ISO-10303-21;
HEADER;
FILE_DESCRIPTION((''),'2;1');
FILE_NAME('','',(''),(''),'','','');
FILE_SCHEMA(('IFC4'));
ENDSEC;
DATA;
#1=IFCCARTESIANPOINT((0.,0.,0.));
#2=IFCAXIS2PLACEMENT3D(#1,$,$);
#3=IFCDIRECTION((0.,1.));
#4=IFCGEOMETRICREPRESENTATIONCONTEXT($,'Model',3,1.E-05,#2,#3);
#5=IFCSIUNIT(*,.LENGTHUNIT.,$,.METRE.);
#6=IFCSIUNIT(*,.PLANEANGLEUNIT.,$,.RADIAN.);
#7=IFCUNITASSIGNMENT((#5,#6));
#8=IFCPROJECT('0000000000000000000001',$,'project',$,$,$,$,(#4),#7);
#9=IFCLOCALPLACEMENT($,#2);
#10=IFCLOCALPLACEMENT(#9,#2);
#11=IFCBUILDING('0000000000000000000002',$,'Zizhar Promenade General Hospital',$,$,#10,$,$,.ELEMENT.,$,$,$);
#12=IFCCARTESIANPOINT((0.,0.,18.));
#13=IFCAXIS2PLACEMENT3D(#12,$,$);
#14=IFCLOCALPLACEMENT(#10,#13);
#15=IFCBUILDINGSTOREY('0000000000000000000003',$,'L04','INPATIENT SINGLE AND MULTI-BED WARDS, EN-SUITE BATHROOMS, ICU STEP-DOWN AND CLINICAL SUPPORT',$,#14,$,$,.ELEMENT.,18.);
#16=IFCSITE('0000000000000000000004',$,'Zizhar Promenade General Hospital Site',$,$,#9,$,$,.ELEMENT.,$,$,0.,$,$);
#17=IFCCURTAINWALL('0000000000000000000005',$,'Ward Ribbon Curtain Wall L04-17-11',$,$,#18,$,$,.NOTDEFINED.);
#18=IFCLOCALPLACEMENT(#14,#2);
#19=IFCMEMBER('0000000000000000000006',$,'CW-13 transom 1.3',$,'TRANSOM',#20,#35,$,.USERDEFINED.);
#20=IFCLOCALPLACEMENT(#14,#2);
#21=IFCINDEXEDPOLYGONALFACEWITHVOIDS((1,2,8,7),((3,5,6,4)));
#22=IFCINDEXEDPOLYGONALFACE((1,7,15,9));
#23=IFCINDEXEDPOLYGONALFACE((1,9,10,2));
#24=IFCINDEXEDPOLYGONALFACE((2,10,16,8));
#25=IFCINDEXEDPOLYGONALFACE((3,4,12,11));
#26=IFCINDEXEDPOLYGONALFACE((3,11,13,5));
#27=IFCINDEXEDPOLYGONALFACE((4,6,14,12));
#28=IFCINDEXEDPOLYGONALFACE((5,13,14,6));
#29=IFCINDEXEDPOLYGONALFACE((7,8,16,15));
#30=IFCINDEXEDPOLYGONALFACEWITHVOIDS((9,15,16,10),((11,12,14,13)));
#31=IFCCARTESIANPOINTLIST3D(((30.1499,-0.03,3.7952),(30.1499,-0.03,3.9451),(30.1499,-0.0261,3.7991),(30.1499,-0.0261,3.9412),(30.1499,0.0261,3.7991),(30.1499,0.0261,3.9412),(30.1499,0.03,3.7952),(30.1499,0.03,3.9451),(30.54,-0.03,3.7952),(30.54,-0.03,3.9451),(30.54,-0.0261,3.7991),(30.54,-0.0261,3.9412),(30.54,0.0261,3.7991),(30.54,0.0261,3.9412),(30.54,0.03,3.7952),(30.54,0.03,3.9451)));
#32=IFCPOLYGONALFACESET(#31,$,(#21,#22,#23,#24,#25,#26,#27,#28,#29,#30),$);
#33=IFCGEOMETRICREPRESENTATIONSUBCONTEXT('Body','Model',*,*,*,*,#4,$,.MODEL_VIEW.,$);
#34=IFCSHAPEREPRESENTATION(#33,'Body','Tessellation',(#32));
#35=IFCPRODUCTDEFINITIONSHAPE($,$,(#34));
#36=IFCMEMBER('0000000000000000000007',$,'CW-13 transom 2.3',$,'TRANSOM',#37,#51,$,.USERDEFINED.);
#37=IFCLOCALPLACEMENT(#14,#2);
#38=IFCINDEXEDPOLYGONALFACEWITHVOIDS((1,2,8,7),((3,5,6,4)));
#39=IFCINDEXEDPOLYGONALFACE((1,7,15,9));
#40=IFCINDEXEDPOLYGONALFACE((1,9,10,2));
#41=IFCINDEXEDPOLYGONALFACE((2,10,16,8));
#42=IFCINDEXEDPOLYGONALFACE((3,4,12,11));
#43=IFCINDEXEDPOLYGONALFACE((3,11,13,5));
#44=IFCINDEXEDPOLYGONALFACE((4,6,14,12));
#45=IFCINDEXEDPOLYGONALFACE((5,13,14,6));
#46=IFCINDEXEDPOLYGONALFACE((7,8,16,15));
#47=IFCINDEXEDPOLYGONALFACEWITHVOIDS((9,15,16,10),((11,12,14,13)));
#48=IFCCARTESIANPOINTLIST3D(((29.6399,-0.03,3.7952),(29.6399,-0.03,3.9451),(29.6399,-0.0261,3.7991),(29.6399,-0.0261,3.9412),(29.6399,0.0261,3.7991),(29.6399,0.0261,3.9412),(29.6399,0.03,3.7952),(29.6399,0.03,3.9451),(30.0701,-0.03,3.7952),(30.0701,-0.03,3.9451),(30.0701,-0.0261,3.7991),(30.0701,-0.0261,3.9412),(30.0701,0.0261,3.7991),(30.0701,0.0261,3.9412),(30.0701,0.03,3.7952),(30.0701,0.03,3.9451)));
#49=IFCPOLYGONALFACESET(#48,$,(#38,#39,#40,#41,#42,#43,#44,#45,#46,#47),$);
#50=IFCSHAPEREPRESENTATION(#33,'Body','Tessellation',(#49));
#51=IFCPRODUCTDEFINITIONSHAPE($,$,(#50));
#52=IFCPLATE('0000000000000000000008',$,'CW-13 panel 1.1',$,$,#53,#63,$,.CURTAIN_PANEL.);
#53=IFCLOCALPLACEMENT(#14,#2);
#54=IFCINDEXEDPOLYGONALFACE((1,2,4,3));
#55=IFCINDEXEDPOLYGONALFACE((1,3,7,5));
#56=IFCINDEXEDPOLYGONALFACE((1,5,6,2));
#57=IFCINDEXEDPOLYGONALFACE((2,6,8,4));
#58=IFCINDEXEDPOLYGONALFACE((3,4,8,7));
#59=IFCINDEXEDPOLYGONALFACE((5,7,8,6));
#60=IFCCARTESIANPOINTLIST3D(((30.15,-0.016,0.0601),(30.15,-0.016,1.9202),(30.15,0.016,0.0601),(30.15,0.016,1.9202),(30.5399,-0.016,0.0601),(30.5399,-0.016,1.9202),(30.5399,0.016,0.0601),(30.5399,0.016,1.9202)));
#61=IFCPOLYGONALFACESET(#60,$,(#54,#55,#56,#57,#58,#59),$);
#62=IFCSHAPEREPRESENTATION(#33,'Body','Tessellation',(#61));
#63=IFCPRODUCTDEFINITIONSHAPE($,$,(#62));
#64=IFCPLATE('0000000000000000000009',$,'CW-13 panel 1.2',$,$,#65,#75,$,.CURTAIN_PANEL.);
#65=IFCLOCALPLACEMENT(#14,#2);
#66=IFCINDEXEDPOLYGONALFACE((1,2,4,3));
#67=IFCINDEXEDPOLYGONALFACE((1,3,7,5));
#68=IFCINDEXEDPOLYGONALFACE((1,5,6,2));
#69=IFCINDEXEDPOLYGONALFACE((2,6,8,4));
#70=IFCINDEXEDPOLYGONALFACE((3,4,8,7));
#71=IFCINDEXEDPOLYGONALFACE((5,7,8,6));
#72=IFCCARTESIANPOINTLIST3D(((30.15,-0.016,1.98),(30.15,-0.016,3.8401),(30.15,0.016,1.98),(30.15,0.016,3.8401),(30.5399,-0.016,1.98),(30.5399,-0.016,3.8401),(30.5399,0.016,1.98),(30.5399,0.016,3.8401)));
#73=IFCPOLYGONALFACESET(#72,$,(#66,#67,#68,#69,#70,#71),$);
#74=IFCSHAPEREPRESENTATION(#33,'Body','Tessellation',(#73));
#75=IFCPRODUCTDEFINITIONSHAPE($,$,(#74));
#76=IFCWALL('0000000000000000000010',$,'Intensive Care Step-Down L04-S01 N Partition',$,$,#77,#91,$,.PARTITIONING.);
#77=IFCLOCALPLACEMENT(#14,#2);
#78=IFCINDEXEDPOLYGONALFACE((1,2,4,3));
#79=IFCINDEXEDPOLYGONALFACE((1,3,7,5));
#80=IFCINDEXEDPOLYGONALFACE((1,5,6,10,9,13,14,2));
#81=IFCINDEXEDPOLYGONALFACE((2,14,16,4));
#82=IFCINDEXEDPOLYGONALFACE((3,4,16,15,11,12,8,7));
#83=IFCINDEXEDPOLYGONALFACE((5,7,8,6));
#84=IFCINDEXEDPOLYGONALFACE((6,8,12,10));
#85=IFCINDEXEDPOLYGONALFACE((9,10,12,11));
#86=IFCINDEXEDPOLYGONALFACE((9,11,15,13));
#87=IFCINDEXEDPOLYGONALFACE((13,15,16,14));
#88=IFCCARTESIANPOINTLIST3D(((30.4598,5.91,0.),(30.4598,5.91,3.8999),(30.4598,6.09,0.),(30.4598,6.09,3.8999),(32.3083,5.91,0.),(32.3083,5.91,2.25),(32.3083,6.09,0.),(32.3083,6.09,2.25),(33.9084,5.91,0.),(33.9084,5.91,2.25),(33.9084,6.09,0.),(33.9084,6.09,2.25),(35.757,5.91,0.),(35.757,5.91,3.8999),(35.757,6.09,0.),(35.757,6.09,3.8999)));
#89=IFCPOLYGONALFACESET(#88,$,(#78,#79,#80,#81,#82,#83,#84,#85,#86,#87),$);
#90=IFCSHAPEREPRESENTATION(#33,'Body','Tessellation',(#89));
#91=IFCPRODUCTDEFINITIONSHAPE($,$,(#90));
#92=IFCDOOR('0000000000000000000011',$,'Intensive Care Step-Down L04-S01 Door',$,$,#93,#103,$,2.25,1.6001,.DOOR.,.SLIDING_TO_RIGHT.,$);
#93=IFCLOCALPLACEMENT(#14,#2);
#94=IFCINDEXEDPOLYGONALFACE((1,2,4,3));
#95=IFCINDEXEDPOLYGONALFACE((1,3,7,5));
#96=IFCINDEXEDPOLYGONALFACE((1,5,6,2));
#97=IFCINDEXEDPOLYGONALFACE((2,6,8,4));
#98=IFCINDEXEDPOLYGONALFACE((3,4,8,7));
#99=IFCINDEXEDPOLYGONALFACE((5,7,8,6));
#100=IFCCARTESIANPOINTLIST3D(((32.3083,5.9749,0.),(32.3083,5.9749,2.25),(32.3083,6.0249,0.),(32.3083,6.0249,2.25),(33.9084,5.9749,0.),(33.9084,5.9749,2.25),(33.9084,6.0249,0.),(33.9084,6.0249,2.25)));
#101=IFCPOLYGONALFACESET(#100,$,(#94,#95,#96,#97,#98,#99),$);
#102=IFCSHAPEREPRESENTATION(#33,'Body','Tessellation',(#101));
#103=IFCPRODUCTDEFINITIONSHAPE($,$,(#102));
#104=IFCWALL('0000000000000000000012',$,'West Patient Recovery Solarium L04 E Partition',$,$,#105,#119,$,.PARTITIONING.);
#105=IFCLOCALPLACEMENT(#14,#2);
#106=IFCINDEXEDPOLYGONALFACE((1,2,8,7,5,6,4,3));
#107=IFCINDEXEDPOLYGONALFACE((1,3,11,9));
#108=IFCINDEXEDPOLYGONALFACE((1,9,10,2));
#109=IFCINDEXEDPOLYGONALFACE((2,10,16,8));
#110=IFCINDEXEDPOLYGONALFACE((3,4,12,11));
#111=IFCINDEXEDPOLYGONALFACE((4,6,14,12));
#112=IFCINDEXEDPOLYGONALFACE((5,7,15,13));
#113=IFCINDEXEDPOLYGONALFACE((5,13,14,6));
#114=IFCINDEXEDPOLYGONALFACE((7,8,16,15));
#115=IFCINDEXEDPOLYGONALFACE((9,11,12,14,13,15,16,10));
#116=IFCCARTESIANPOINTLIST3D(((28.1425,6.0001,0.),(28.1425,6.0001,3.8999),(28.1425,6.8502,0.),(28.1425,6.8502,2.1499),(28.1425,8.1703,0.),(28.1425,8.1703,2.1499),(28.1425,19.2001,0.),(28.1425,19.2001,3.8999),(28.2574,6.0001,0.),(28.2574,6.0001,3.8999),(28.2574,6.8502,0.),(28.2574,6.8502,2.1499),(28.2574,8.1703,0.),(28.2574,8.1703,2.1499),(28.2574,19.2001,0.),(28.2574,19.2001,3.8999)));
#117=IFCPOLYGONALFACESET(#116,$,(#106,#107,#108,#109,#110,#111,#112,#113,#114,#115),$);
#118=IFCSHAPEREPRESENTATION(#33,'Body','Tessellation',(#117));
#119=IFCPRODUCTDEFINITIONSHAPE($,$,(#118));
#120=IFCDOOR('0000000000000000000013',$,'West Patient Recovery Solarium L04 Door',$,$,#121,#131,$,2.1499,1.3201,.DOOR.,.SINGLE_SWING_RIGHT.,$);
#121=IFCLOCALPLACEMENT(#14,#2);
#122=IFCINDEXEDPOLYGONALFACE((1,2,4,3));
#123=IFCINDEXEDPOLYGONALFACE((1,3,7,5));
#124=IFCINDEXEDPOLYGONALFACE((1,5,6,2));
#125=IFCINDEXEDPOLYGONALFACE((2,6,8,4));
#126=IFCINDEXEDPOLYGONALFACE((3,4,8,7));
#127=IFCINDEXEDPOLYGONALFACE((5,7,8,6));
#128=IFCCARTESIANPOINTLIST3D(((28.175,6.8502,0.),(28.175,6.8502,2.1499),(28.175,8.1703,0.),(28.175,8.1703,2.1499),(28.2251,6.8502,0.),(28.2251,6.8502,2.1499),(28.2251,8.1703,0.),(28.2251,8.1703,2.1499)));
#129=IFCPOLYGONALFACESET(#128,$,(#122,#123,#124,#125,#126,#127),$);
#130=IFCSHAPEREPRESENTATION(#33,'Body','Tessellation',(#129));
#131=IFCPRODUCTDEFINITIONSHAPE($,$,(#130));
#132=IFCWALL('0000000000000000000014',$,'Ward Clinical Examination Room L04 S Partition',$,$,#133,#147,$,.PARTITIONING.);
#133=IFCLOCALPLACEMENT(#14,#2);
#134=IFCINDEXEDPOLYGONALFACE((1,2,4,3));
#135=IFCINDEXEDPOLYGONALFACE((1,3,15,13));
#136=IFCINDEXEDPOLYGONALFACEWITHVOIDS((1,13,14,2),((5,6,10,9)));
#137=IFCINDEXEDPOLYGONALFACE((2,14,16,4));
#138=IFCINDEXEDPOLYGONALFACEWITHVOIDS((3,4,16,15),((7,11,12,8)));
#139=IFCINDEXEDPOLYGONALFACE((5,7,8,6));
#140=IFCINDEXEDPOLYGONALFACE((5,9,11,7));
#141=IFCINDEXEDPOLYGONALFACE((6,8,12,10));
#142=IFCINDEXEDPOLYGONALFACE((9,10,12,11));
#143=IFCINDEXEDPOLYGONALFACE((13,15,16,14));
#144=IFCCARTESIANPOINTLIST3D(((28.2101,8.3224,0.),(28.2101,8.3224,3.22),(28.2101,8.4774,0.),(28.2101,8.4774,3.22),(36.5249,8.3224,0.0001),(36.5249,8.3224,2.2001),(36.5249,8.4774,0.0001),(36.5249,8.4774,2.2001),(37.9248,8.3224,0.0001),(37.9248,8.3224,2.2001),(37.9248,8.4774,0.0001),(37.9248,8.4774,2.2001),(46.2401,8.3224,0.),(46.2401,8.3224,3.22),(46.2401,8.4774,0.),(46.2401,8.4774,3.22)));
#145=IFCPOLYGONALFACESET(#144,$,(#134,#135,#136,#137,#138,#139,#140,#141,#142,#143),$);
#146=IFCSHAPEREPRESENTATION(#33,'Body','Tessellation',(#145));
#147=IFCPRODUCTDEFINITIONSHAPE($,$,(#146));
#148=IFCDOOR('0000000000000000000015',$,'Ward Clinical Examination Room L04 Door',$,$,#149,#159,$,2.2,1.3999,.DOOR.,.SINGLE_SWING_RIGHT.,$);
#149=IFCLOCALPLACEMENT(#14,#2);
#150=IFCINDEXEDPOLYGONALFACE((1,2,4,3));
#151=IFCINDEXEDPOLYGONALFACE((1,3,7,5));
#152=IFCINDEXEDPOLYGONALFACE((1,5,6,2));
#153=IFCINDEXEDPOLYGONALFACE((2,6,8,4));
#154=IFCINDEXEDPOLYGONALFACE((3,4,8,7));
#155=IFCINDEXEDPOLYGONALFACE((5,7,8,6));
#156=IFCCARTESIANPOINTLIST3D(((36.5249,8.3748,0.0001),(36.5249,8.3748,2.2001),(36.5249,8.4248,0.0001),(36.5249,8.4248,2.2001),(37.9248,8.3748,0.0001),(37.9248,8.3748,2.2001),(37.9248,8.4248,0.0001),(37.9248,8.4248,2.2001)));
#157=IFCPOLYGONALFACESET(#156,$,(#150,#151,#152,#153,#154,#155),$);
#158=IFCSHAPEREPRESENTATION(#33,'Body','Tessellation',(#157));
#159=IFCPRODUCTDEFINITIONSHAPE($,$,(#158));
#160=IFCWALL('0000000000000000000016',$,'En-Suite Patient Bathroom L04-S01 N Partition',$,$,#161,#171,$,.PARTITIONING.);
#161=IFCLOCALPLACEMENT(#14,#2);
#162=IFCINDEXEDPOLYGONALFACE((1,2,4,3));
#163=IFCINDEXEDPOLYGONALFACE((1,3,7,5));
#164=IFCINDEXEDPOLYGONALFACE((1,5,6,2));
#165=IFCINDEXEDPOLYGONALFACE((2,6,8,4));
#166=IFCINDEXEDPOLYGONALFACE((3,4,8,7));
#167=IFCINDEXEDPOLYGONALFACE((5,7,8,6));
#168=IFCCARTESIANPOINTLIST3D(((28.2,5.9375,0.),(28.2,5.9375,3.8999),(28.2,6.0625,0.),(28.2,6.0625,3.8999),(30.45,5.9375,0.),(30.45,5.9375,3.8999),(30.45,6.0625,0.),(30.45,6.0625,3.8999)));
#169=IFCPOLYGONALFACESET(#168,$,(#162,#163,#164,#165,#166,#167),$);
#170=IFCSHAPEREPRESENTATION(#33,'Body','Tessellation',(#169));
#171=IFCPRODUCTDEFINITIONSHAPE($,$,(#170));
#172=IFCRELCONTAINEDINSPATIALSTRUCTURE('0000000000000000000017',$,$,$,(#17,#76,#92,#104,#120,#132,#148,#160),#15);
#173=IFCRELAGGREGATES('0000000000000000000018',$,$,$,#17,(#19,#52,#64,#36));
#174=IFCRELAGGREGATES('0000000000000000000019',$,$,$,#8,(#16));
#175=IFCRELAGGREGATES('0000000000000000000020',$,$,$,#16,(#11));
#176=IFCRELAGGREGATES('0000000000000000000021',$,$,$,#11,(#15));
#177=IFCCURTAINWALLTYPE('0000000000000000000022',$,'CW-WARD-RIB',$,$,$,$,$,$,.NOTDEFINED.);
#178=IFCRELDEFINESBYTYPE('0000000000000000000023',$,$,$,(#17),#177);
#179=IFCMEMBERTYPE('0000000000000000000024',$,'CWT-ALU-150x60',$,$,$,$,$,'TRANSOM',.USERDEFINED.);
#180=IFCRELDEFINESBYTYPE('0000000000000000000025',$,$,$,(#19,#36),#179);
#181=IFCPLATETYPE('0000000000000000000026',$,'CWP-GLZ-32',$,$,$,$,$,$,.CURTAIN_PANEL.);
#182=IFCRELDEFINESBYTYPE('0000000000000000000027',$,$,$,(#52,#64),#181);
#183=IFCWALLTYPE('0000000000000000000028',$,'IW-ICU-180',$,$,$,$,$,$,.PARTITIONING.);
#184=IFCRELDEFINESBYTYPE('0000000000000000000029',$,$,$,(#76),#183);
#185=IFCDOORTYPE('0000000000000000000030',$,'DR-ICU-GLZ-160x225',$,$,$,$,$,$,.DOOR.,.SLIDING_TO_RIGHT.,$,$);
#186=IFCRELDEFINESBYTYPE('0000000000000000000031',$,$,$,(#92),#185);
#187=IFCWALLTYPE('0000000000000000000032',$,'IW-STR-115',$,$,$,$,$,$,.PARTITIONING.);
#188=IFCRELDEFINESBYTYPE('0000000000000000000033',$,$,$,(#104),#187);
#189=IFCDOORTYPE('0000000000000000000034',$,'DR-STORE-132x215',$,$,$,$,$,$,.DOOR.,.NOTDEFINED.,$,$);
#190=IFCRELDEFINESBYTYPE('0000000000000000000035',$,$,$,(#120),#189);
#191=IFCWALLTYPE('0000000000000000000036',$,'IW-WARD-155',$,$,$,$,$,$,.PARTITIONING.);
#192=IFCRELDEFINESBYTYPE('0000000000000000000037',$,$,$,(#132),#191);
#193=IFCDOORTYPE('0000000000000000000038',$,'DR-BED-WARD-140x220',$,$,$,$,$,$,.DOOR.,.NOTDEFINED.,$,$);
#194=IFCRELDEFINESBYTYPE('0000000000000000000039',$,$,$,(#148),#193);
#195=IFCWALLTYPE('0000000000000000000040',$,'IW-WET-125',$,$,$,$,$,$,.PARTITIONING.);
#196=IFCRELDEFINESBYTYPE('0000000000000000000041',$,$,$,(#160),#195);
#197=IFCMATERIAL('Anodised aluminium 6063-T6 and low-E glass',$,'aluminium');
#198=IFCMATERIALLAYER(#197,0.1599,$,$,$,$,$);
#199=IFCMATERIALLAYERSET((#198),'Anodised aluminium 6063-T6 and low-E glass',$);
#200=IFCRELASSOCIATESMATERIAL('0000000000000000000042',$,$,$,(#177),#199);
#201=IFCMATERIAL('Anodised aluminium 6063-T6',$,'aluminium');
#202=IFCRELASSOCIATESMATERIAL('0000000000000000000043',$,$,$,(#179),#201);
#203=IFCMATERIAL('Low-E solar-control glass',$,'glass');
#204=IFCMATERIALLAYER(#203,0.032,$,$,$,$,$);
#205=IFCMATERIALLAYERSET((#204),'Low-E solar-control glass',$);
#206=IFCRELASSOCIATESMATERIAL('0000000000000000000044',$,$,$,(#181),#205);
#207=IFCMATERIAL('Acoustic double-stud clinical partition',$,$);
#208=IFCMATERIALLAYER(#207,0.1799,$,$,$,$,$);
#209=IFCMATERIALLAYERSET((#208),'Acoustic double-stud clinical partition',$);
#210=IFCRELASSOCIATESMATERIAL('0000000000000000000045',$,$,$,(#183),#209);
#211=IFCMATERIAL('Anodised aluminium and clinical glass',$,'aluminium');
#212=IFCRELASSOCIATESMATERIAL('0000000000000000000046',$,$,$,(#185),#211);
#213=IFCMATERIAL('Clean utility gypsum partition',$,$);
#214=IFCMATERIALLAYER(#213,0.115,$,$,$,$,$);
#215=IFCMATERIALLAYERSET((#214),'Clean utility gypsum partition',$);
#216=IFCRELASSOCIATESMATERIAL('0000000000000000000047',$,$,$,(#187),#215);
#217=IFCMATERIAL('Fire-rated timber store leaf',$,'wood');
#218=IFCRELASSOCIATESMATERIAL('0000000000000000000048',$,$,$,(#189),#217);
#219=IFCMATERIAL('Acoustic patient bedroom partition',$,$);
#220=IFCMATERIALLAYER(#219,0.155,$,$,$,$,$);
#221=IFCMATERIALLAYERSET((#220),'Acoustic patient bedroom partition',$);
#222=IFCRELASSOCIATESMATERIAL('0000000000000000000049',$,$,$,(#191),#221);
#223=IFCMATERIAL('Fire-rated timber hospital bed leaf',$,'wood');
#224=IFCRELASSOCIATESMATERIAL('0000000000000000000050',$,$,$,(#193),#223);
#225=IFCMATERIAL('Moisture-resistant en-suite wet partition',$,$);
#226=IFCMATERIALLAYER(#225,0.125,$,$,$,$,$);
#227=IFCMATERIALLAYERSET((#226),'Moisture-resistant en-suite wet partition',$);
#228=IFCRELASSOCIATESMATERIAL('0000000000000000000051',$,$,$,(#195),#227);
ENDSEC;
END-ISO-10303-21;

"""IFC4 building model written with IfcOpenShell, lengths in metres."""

from ifc_helpers import new_model, si_unit, direction, frame, frame_2d, origin, origin_2d, place, context, subcontext, project, spatial, rectangle, hollow_rectangle, extrude, material, layer, layer_set, material_profile, profile_set, type_object, element, fill, aggregate, save


model = new_model("IFC4")

# Units and contexts
model_context = context("Model", 3, precision=1e-05, world=origin(), true_north=direction((0.0, 1.0)))
body_context = subcontext(model_context, "Body", "Model", "MODEL_VIEW")
ifc_project = project(units=[si_unit("LENGTHUNIT", "METRE"), si_unit("PLANEANGLEUNIT", "RADIAN")], contexts=[model_context])

# Site, building, storey
site_placement = place(None, origin())
site = spatial("IfcSite", under=ifc_project, at=site_placement, Name="Zizhar Promenade General Hospital Site", CompositionType="ELEMENT", RefElevation=0.0)
building_placement = place(site_placement, origin())
building = spatial("IfcBuilding", under=site, at=building_placement, Name="Zizhar Promenade General Hospital", CompositionType="ELEMENT")
storey_placement = place(building_placement, frame((0.0, 0.0, 18.0)))
storey = spatial("IfcBuildingStorey", under=building, at=storey_placement, Name="L04", Description="INPATIENT SINGLE AND MULTI-BED WARDS, EN-SUITE BATHROOMS, ICU STEP-DOWN AND CLINICAL SUPPORT", CompositionType="ELEMENT", Elevation=18.0)

# Curtain wall
ifc_material_1 = material(Name="Anodised aluminium 6063-T6 and low-E glass", Category="aluminium")
ifc_layer_1 = layer(ifc_material_1, 0.1599)
ifc_layer_set_1 = layer_set([ifc_layer_1], Name="Anodised aluminium 6063-T6 and low-E glass")
curtain_wall_type_1 = type_object("IfcCurtainWallType", Name="CW-WARD-RIB", PredefinedType="NOTDEFINED", material=ifc_layer_set_1)
curtain_wall_1_placement = place(storey_placement, origin())
curtain_wall_1 = element("IfcCurtainWall", 1, at=curtain_wall_1_placement, inside=storey, type_object=curtain_wall_type_1, Name="Ward Ribbon Curtain Wall L04-17-11", PredefinedType="NOTDEFINED")

# Members
ifc_material_2 = material(Name="Anodised aluminium 6063-T6", Category="aluminium")
ifc_material_profile_1 = material_profile(ifc_material_2, hollow_rectangle(XDim=0.0601, YDim=0.1499, WallThickness=0.0039, at=origin_2d()))
ifc_profile_set_1 = profile_set([ifc_material_profile_1], Name="Anodised aluminium 6063-T6")
member_type_1 = type_object("IfcMemberType", Name="CWT-ALU-150x60", ElementType="TRANSOM", PredefinedType="USERDEFINED", material=ifc_profile_set_1)
member_1_placement = place(storey_placement, frame((30.54, 0.0, 3.8701), z_axis=(-1.0, 0.0, 0.0), x_axis=(0.0, -1.0, 0.0)))
member_1 = element("IfcMember", 2, at=member_1_placement, type_object=member_type_1, Name="CW-13 transom 1.3", ObjectType="TRANSOM", PredefinedType="USERDEFINED", context=body_context, shape_type="SweptSolid", body=[
    extrude(hollow_rectangle(XDim=0.0601, YDim=0.1499, WallThickness=0.0039, at=origin_2d()), origin(), (0.0, 0.0, 1.0), 0.3901),
])
member_2_placement = place(storey_placement, frame((30.0701, 0.0, 3.8701), z_axis=(-1.0, 0.0, 0.0), x_axis=(0.0, -1.0, 0.0)))
member_2 = element("IfcMember", 3, at=member_2_placement, type_object=member_type_1, Name="CW-13 transom 2.3", ObjectType="TRANSOM", PredefinedType="USERDEFINED", context=body_context, shape_type="SweptSolid", body=[
    extrude(hollow_rectangle(XDim=0.0601, YDim=0.1499, WallThickness=0.0039, at=origin_2d()), origin(), (0.0, 0.0, 1.0), 0.4302),
])

# Plates
ifc_material_3 = material(Name="Low-E solar-control glass", Category="glass")
ifc_layer_2 = layer(ifc_material_3, 0.032)
ifc_layer_set_2 = layer_set([ifc_layer_2], Name="Low-E solar-control glass")
plate_type = type_object("IfcPlateType", Name="CWP-GLZ-32", PredefinedType="CURTAIN_PANEL", material=ifc_layer_set_2)
plate_1_placement = place(storey_placement, frame((30.345, 0.0, 0.0601), z_axis=(0.0, 0.0, 1.0), x_axis=(-1.0, 0.0, 0.0)))
plate_1 = element("IfcPlate", 4, at=plate_1_placement, type_object=plate_type, Name="CW-13 panel 1.1", PredefinedType="CURTAIN_PANEL", context=body_context, shape_type="SweptSolid", body=[
    extrude(rectangle(XDim=0.3899, YDim=0.032, at=origin_2d()), origin(), (0.0, 0.0, 1.0), 1.8601),
])
plate_2_placement = place(storey_placement, frame((30.345, 0.0, 1.98), z_axis=(0.0, 0.0, 1.0), x_axis=(-1.0, 0.0, 0.0)))
plate_2 = element("IfcPlate", 5, at=plate_2_placement, type_object=plate_type, Name="CW-13 panel 1.2", PredefinedType="CURTAIN_PANEL", context=body_context, shape_type="SweptSolid", body=[
    extrude(rectangle(XDim=0.3899, YDim=0.032, at=origin_2d()), origin(), (0.0, 0.0, 1.0), 1.8601),
])
aggregate(curtain_wall_1, [member_1, plate_1, plate_2, member_2])

# Walls, openings, doors
ifc_material_4 = material(Name="Acoustic double-stud clinical partition")
ifc_layer_3 = layer(ifc_material_4, 0.1799)
ifc_layer_set_3 = layer_set([ifc_layer_3], Name="Acoustic double-stud clinical partition")
wall_type_1 = type_object("IfcWallType", Name="IW-ICU-180", PredefinedType="PARTITIONING", material=ifc_layer_set_3)
wall_1_placement = place(storey_placement, frame((30.46, 6.0, 0.0), z_axis=(0.0, 0.0, 1.0), x_axis=(1.0, 0.0, 0.0)))
wall_1 = element("IfcWall", 6, at=wall_1_placement, inside=storey, type_object=wall_type_1, Name="Intensive Care Step-Down L04-S01 N Partition", PredefinedType="PARTITIONING", context=body_context, shape_type="SweptSolid", body=[
    extrude(rectangle(XDim=5.2971, YDim=0.1799, at=frame_2d((2.6484, 0.0))), origin(), (0.0, 0.0, 1.0), 3.8999),
])
opening_1_placement = place(wall_1_placement, frame((1.8484, 0.0, 0.0)))
opening_1 = element("IfcOpeningElement", 7, at=opening_1_placement, cuts=wall_1, PredefinedType="OPENING", context=body_context, shape_type="SweptSolid", body=[
    extrude(rectangle(XDim=1.6001, YDim=2.25, at=frame_2d((0.8, 1.125))), frame((0.0, 0.1001, 0.0), z_axis=(0.0, -1.0, 0.0), x_axis=(1.0, 0.0, 0.0)), (0.0, 0.0, 1.0), 0.2),
])
ifc_material_5 = material(Name="Anodised aluminium and clinical glass", Category="aluminium")
door_type_1 = type_object("IfcDoorType", Name="DR-ICU-GLZ-160x225", OperationType="SLIDING_TO_RIGHT", PredefinedType="DOOR", material=ifc_material_5)
door_1_placement = place(opening_1_placement, origin())
door_1 = element("IfcDoor", 8, at=door_1_placement, inside=storey, type_object=door_type_1, Name="Intensive Care Step-Down L04-S01 Door", OperationType="SLIDING_TO_RIGHT", OverallHeight=2.25, OverallWidth=1.6001, PredefinedType="DOOR", context=body_context, shape_type="SweptSolid", body=[
    extrude(rectangle(XDim=1.6001, YDim=2.25, at=frame_2d((0.8, 1.125))), frame((0.0, 0.0249, 0.0), z_axis=(0.0, -1.0, 0.0), x_axis=(1.0, 0.0, 0.0)), (0.0, 0.0, 1.0), 0.05),
])
fill(opening_1, door_1)
ifc_material_6 = material(Name="Clean utility gypsum partition")
ifc_layer_4 = layer(ifc_material_6, 0.115)
ifc_layer_set_4 = layer_set([ifc_layer_4], Name="Clean utility gypsum partition")
wall_type_2 = type_object("IfcWallType", Name="IW-STR-115", PredefinedType="PARTITIONING", material=ifc_layer_set_4)
wall_2_placement = place(storey_placement, frame((28.2, 6.0, 0.0), z_axis=(0.0, 0.0, 1.0), x_axis=(0.0, 1.0, 0.0)))
wall_2 = element("IfcWall", 9, at=wall_2_placement, inside=storey, type_object=wall_type_2, Name="West Patient Recovery Solarium L04 E Partition", PredefinedType="PARTITIONING", context=body_context, shape_type="SweptSolid", body=[
    extrude(rectangle(XDim=13.2, YDim=0.115, at=frame_2d((6.6001, 0.0))), origin(), (0.0, 0.0, 1.0), 3.8999),
])
opening_2_placement = place(wall_2_placement, frame((0.8501, 0.0, 0.0)))
opening_2 = element("IfcOpeningElement", 10, at=opening_2_placement, cuts=wall_2, PredefinedType="OPENING", context=body_context, shape_type="SweptSolid", body=[
    extrude(rectangle(XDim=1.3201, YDim=2.1499, at=frame_2d((0.6602, 1.075))), frame((0.0, 0.0674, 0.0), z_axis=(0.0, -1.0, 0.0), x_axis=(1.0, 0.0, 0.0)), (0.0, 0.0, 1.0), 0.135),
])
ifc_material_7 = material(Name="Fire-rated timber store leaf", Category="wood")
door_type_2 = type_object("IfcDoorType", Name="DR-STORE-132x215", OperationType="NOTDEFINED", PredefinedType="DOOR", material=ifc_material_7)
door_2_placement = place(opening_2_placement, origin())
door_2 = element("IfcDoor", 11, at=door_2_placement, inside=storey, type_object=door_type_2, Name="West Patient Recovery Solarium L04 Door", OperationType="SINGLE_SWING_RIGHT", OverallHeight=2.1499, OverallWidth=1.3201, PredefinedType="DOOR", context=body_context, shape_type="SweptSolid", body=[
    extrude(rectangle(XDim=1.3201, YDim=2.1499, at=frame_2d((0.6602, 1.075))), frame((0.0, 0.0249, 0.0), z_axis=(0.0, -1.0, 0.0), x_axis=(1.0, 0.0, 0.0)), (0.0, 0.0, 1.0), 0.05),
])
fill(opening_2, door_2)
ifc_material_8 = material(Name="Acoustic patient bedroom partition")
ifc_layer_5 = layer(ifc_material_8, 0.155)
ifc_layer_set_5 = layer_set([ifc_layer_5], Name="Acoustic patient bedroom partition")
wall_type_3 = type_object("IfcWallType", Name="IW-WARD-155", PredefinedType="PARTITIONING", material=ifc_layer_set_5)
wall_3_placement = place(storey_placement, frame((28.21, 8.3999, 0.0), z_axis=(0.0, 0.0, 1.0), x_axis=(1.0, 0.0, 0.0)))
wall_3 = element("IfcWall", 12, at=wall_3_placement, inside=storey, type_object=wall_type_3, Name="Ward Clinical Examination Room L04 S Partition", PredefinedType="PARTITIONING", context=body_context, shape_type="SweptSolid", body=[
    extrude(rectangle(XDim=18.03, YDim=0.155, at=frame_2d((9.0151, 0.0))), origin(), (0.0, 0.0, 1.0), 3.22),
])
opening_3_placement = place(wall_3_placement, frame((8.3149, 0.0, 0.0)))
opening_3 = element("IfcOpeningElement", 13, at=opening_3_placement, cuts=wall_3, PredefinedType="OPENING", context=body_context, shape_type="SweptSolid", body=[
    extrude(rectangle(XDim=1.3999, YDim=2.2, at=frame_2d((0.7, 1.1001))), frame((0.0, 0.0874, 0.0), z_axis=(0.0, -1.0, 0.0), x_axis=(1.0, 0.0, 0.0)), (0.0, 0.0, 1.0), 0.175),
])
ifc_material_9 = material(Name="Fire-rated timber hospital bed leaf", Category="wood")
door_type_3 = type_object("IfcDoorType", Name="DR-BED-WARD-140x220", OperationType="NOTDEFINED", PredefinedType="DOOR", material=ifc_material_9)
door_3_placement = place(opening_3_placement, origin())
door_3 = element("IfcDoor", 14, at=door_3_placement, inside=storey, type_object=door_type_3, Name="Ward Clinical Examination Room L04 Door", OperationType="SINGLE_SWING_RIGHT", OverallHeight=2.2, OverallWidth=1.3999, PredefinedType="DOOR", context=body_context, shape_type="SweptSolid", body=[
    extrude(rectangle(XDim=1.3999, YDim=2.2, at=frame_2d((0.7, 1.1001))), frame((0.0, 0.0249, 0.0), z_axis=(0.0, -1.0, 0.0), x_axis=(1.0, 0.0, 0.0)), (0.0, 0.0, 1.0), 0.05),
])
fill(opening_3, door_3)

# Wall
ifc_material_10 = material(Name="Moisture-resistant en-suite wet partition")
ifc_layer_6 = layer(ifc_material_10, 0.125)
ifc_layer_set_6 = layer_set([ifc_layer_6], Name="Moisture-resistant en-suite wet partition")
wall_type_4 = type_object("IfcWallType", Name="IW-WET-125", PredefinedType="PARTITIONING", material=ifc_layer_set_6)
wall_4_placement = place(storey_placement, frame((28.2, 6.0, 0.0), z_axis=(0.0, 0.0, 1.0), x_axis=(1.0, 0.0, 0.0)))
element("IfcWall", 15, at=wall_4_placement, inside=storey, type_object=wall_type_4, Name="En-Suite Patient Bathroom L04-S01 N Partition", PredefinedType="PARTITIONING", context=body_context, shape_type="SweptSolid", body=[
    extrude(rectangle(XDim=2.25, YDim=0.125, at=frame_2d((1.125, 0.0))), origin(), (0.0, 0.0, 1.0), 3.8999),
])

save(model, "model.ifc")
